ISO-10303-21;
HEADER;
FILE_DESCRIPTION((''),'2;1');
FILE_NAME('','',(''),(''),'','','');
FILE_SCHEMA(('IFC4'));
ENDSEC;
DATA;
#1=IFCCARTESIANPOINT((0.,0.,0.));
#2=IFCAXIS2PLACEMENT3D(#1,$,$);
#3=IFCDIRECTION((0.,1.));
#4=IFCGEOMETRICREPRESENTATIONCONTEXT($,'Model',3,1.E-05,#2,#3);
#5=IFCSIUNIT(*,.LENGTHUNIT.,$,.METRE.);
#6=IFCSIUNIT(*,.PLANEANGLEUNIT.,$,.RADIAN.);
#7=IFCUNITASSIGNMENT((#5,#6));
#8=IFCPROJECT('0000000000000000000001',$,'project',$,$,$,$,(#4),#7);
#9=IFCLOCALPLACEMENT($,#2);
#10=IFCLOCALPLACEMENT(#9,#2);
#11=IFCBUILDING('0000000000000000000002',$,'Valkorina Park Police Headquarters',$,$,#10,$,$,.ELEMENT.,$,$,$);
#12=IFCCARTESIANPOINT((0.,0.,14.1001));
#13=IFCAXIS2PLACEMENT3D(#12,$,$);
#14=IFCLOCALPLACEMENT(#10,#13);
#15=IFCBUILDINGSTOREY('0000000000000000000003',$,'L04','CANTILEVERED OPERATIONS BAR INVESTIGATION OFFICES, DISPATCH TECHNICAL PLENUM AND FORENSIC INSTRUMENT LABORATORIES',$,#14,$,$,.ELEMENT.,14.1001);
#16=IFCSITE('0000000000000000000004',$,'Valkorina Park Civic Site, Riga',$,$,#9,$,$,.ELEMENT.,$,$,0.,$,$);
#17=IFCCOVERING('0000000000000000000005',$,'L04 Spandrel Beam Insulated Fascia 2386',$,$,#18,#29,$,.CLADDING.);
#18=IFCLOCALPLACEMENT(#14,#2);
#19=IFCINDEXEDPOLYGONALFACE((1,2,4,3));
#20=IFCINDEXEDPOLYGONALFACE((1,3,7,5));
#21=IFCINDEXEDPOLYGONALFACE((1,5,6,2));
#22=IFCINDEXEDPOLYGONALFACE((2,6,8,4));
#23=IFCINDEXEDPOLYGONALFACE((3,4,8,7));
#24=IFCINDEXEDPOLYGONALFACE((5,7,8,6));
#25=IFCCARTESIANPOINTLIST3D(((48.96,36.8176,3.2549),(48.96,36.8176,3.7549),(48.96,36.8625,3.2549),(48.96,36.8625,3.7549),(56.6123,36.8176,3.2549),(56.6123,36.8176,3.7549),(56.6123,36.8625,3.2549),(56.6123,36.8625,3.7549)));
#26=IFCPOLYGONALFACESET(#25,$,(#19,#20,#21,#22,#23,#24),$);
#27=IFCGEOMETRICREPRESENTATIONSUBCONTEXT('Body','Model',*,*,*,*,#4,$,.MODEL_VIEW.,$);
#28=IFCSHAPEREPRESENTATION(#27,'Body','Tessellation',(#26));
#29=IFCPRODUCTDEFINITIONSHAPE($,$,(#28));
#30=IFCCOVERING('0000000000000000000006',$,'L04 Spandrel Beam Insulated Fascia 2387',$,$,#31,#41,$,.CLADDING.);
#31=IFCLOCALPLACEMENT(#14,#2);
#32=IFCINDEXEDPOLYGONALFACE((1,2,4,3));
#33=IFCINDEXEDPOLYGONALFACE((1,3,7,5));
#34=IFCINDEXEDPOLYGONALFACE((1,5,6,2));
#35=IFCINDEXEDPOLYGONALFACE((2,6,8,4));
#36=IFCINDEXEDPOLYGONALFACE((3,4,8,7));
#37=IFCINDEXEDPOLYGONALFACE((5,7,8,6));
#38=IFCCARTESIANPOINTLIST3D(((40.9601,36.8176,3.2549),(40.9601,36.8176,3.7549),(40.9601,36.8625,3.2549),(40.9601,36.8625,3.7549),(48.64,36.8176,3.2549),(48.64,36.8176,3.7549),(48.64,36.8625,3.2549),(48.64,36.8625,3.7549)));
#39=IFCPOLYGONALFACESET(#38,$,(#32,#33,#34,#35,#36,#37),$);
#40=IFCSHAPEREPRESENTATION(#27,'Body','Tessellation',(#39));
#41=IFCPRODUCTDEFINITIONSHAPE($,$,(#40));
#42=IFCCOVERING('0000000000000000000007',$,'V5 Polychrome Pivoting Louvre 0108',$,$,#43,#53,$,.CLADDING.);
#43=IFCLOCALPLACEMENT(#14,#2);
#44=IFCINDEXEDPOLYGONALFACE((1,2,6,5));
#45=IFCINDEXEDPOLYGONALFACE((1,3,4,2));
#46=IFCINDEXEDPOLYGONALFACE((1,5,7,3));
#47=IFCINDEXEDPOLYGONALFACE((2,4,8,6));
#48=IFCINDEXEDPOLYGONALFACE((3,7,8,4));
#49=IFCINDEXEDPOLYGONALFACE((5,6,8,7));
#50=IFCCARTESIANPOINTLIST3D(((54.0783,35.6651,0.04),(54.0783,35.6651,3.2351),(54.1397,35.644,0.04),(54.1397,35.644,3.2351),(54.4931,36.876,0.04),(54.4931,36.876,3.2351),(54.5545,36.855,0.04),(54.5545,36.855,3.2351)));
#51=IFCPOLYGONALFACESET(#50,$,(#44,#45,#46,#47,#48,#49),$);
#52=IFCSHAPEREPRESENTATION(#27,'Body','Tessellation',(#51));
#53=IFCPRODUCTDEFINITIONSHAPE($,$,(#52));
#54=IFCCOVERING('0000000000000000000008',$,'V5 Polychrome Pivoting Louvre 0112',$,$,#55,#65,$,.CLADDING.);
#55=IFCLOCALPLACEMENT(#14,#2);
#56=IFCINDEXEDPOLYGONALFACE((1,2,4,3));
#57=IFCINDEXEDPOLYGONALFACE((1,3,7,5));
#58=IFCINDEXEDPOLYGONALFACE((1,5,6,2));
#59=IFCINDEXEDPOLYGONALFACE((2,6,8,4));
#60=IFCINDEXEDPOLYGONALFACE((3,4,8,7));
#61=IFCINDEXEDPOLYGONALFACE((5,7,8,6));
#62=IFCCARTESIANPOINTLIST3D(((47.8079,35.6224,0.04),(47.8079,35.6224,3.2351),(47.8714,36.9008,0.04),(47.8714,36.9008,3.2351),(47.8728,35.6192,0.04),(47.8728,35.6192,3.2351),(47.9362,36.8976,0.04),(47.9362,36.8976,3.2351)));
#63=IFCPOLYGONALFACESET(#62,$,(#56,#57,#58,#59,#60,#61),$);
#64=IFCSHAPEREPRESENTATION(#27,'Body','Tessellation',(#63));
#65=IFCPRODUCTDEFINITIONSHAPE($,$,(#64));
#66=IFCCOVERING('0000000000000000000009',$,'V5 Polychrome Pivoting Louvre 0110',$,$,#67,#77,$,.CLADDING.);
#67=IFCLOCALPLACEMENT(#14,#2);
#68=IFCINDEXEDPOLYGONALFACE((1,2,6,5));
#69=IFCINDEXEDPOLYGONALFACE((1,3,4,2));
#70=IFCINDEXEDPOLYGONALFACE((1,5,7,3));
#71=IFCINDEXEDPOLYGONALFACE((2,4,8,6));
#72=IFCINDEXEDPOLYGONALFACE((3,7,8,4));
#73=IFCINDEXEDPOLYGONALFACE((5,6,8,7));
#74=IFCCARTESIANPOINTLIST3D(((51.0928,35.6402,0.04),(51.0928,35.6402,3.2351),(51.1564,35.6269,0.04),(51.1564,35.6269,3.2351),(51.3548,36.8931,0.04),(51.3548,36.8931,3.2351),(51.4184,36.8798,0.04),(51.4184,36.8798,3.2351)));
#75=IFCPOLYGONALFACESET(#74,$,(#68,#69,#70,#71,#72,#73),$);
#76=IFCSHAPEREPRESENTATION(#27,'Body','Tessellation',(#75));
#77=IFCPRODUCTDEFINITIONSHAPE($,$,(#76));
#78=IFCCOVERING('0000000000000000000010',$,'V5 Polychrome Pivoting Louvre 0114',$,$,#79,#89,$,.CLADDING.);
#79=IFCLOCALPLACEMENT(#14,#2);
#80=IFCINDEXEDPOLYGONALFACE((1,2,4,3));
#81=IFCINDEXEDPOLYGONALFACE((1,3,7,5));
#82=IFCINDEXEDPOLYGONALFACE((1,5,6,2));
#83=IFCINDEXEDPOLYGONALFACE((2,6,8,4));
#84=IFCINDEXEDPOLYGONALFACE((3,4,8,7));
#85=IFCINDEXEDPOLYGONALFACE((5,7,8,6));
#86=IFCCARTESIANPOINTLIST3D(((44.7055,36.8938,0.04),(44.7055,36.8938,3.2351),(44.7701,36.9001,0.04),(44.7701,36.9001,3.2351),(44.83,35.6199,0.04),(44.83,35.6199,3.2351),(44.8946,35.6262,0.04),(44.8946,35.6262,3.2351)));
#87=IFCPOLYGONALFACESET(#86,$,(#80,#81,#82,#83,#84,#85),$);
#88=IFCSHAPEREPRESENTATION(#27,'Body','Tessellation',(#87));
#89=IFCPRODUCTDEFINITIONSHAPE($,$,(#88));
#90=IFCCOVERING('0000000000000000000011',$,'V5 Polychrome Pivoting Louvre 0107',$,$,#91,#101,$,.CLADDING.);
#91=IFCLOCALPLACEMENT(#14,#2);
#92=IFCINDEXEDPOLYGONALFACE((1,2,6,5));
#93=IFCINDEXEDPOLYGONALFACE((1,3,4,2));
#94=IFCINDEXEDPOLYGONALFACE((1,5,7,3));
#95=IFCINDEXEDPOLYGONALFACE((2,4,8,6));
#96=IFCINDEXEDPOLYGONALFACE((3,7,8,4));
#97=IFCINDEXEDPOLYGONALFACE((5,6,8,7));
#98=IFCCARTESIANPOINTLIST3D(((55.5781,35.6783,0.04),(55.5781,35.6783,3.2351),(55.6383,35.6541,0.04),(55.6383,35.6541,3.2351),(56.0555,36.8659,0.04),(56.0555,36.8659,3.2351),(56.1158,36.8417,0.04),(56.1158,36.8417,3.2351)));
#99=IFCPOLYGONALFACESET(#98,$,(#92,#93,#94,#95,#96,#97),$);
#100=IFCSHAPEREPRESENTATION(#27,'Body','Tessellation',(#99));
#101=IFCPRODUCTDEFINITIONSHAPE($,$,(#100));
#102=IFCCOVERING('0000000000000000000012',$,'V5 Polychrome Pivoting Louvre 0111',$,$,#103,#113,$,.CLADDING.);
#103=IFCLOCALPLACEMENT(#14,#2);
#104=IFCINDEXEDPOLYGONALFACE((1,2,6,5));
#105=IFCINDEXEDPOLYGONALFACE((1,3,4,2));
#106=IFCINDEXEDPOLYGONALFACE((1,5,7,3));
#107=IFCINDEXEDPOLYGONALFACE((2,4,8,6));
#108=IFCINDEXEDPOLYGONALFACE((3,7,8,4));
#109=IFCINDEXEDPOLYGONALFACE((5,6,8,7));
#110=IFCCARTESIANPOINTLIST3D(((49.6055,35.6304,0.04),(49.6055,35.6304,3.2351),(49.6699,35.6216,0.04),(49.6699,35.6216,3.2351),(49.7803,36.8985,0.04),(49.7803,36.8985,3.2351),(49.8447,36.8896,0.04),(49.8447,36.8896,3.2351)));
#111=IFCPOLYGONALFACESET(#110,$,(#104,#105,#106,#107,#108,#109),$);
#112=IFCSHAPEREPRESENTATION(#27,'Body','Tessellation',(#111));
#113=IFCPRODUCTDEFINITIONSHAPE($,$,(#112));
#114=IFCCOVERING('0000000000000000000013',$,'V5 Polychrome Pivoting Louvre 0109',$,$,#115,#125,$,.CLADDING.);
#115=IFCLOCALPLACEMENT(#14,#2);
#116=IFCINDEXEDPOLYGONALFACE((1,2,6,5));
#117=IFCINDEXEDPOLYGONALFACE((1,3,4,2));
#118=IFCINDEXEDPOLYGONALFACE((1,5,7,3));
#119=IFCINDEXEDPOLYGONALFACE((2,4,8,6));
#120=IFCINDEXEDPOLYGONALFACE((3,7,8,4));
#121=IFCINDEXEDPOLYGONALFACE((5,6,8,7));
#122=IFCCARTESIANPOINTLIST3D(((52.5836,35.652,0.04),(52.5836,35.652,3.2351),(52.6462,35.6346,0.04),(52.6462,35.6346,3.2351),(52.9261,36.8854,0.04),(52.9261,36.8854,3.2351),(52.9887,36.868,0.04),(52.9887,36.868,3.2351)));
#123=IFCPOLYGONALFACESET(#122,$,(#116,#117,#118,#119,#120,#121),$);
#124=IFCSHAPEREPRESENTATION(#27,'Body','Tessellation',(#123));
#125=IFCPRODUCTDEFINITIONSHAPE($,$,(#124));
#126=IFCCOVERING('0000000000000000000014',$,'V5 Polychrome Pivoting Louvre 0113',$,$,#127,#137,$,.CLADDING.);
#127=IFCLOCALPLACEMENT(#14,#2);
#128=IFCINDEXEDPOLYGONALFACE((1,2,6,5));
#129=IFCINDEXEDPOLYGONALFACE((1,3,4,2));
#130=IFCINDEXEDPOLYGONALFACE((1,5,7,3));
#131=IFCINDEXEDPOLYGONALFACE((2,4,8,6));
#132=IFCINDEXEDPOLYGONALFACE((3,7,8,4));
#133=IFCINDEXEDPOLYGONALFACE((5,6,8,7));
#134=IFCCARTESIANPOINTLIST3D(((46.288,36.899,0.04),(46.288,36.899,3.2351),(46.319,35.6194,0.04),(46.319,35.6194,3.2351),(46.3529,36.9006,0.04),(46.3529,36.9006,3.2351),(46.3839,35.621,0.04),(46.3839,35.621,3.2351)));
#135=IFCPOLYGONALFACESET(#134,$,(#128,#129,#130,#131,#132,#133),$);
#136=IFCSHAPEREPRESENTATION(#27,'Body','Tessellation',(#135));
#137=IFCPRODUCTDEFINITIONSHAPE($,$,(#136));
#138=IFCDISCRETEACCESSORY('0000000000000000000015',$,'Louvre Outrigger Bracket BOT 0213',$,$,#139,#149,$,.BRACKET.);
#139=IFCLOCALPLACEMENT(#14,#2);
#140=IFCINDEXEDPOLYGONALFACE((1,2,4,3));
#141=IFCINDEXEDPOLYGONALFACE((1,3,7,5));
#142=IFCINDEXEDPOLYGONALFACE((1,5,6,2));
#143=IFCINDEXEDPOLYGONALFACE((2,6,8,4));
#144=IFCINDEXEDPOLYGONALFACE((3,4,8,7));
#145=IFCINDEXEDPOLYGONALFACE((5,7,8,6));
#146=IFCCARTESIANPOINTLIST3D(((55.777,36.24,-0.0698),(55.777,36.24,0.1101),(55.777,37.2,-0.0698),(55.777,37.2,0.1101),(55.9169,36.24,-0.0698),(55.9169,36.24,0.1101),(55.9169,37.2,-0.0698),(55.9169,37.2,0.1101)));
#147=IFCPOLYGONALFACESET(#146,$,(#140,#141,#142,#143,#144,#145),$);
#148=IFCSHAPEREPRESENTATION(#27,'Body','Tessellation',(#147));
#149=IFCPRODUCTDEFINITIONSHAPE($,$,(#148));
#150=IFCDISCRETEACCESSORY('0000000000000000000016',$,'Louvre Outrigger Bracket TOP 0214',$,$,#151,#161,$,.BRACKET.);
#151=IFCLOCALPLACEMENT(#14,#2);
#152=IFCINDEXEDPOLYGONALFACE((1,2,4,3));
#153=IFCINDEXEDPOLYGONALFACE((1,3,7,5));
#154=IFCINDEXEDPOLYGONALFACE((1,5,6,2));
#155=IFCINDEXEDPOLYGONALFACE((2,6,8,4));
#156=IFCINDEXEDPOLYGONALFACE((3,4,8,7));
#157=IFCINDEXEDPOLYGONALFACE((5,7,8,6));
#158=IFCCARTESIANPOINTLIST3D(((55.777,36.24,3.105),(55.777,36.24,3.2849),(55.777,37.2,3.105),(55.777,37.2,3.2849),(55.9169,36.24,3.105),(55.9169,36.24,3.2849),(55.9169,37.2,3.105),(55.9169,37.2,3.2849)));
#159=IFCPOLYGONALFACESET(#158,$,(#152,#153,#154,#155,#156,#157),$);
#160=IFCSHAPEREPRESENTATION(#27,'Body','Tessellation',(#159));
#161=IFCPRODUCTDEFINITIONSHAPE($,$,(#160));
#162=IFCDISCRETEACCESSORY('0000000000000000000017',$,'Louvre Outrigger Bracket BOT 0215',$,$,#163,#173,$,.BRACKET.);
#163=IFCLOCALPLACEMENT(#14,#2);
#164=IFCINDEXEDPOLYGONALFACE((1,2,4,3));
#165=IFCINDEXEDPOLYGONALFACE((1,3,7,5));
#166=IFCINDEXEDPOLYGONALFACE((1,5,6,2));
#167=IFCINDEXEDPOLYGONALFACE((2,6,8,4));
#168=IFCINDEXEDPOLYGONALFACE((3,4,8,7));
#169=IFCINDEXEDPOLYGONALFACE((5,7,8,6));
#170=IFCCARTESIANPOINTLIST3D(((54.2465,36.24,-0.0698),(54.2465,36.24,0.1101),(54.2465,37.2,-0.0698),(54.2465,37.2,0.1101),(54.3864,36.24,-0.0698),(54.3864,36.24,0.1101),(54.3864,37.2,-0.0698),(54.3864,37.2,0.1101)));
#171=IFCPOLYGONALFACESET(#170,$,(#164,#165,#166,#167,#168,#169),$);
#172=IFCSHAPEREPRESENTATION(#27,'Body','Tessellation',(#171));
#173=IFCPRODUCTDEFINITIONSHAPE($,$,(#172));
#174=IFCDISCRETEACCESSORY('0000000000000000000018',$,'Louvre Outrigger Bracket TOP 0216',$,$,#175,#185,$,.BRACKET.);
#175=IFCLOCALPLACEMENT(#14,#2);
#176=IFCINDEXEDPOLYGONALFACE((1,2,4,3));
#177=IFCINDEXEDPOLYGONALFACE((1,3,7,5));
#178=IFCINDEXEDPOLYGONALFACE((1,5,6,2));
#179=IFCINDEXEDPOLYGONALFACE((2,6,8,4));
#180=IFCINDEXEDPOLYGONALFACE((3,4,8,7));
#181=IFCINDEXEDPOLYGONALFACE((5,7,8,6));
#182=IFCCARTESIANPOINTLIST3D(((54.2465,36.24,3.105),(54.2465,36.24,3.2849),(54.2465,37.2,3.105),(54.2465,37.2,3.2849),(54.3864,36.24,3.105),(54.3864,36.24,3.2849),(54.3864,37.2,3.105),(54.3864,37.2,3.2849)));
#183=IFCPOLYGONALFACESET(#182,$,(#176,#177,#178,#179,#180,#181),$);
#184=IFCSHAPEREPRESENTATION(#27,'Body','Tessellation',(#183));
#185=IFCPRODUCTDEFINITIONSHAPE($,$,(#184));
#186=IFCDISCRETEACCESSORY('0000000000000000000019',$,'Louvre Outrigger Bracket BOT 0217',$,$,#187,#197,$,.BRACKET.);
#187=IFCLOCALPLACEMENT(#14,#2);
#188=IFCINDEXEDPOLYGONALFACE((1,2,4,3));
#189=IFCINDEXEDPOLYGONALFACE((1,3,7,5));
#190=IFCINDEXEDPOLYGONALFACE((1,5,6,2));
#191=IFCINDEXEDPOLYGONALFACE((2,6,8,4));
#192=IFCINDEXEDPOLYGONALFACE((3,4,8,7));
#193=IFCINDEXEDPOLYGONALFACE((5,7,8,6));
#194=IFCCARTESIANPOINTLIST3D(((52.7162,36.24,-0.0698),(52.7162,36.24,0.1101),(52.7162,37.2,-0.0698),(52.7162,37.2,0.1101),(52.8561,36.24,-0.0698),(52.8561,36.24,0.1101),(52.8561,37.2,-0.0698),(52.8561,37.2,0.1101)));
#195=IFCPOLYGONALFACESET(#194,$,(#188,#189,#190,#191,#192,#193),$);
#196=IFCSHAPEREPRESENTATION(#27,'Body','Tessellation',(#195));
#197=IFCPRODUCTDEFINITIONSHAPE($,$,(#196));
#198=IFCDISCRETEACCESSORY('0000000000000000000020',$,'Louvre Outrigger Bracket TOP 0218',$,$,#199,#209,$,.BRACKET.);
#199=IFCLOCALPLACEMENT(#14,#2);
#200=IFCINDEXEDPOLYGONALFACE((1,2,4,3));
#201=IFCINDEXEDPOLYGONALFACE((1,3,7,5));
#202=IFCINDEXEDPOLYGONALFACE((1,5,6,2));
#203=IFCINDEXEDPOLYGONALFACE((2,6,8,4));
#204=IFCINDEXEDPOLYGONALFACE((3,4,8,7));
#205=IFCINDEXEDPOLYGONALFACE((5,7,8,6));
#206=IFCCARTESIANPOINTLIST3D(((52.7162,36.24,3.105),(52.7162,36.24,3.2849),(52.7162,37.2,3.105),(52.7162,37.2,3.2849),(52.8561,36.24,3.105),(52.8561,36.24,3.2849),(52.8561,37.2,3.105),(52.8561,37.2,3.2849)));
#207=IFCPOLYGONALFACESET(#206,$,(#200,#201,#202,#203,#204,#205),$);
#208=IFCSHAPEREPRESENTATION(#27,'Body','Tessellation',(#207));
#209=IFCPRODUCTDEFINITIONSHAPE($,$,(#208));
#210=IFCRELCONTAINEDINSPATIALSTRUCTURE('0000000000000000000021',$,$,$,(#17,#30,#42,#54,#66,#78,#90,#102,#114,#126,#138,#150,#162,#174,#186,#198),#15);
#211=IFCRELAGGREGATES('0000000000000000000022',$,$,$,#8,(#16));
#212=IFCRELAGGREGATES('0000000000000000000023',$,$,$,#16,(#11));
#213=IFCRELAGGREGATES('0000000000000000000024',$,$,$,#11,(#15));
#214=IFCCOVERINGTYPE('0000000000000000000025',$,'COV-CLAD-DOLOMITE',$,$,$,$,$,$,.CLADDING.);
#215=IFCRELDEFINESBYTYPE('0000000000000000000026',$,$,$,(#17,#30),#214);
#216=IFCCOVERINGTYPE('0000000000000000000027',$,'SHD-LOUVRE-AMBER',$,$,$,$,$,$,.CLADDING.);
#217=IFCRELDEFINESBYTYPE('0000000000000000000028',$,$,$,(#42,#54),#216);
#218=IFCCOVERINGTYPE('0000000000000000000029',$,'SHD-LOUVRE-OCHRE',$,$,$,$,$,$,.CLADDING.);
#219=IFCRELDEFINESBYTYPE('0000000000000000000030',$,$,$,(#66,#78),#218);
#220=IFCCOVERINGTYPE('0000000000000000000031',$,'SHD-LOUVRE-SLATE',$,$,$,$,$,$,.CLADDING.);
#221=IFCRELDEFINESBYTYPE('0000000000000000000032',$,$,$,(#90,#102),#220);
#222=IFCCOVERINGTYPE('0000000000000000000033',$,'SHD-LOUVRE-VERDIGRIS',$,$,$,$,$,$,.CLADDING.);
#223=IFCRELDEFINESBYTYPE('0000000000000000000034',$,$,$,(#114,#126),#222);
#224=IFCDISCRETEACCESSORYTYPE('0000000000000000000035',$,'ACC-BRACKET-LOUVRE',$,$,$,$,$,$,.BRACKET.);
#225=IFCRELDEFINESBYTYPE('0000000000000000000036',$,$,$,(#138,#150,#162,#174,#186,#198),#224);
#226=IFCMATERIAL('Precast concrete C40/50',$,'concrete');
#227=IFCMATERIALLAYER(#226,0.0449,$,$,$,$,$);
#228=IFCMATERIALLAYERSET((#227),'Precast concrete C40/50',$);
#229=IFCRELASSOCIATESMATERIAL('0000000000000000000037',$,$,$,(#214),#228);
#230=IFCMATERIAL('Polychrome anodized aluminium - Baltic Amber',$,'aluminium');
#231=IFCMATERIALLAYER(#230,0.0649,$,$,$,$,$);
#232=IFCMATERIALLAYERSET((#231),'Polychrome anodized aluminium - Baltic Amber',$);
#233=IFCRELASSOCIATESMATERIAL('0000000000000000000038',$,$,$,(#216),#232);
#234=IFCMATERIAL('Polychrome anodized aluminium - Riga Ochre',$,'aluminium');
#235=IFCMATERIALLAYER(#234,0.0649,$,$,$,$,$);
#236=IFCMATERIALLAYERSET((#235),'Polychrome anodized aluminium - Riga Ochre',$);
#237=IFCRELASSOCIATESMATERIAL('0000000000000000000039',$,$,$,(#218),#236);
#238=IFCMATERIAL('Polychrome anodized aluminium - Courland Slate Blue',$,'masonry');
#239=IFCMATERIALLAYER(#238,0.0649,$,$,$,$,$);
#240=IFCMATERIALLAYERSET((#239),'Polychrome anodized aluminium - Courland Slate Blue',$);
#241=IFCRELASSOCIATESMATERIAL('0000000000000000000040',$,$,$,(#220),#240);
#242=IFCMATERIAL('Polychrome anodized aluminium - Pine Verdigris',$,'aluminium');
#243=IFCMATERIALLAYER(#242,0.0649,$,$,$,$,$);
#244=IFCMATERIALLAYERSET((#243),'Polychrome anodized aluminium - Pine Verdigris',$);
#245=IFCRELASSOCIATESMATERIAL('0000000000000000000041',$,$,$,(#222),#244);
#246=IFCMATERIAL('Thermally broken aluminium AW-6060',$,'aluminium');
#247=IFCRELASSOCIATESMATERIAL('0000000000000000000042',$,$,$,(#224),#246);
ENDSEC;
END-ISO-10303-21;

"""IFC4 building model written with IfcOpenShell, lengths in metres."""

from ifc_helpers import new_model, si_unit, direction, frame, frame_2d, origin, origin_2d, place, context, subcontext, project, spatial, rectangle, extrude, material, layer, layer_set, type_object, element, save


model = new_model("IFC4")

# Units and contexts
model_context = context("Model", 3, precision=1e-05, world=origin(), true_north=direction((0.0, 1.0)))
body_context = subcontext(model_context, "Body", "Model", "MODEL_VIEW")
ifc_project = project(units=[si_unit("LENGTHUNIT", "METRE"), si_unit("PLANEANGLEUNIT", "RADIAN")], contexts=[model_context])

# Site, building, storey
site_placement = place(None, origin())
site = spatial("IfcSite", under=ifc_project, at=site_placement, Name="Valkorina Park Civic Site, Riga", CompositionType="ELEMENT", RefElevation=0.0)
building_placement = place(site_placement, origin())
building = spatial("IfcBuilding", under=site, at=building_placement, Name="Valkorina Park Police Headquarters", CompositionType="ELEMENT")
storey_placement = place(building_placement, frame((0.0, 0.0, 14.1001)))
storey = spatial("IfcBuildingStorey", under=building, at=storey_placement, Name="L04", Description="CANTILEVERED OPERATIONS BAR INVESTIGATION OFFICES, DISPATCH TECHNICAL PLENUM AND FORENSIC INSTRUMENT LABORATORIES", CompositionType="ELEMENT", Elevation=14.1001)

# Shared definitions
ifc_material_1 = material(Name="Thermally broken aluminium AW-6060", Category="aluminium")

# Shared definitions
ifc_material_2 = material(Name="Precast concrete C40/50", Category="concrete")

# Coverings
ifc_layer_1 = layer(ifc_material_2, 0.0449)
ifc_layer_set_1 = layer_set([ifc_layer_1], Name="Precast concrete C40/50")
covering_type_1 = type_object("IfcCoveringType", Name="COV-CLAD-DOLOMITE", PredefinedType="CLADDING", material=ifc_layer_set_1)
covering_1_placement = place(storey_placement, frame((56.6123, 36.8401, 3.2549), z_axis=(0.0, 0.0, 1.0), x_axis=(-1.0, 0.0, 0.0)))
element("IfcCovering", 1, at=covering_1_placement, inside=storey, type_object=covering_type_1, Name="L04 Spandrel Beam Insulated Fascia 2386", PredefinedType="CLADDING", context=body_context, shape_type="SweptSolid", body=[
    extrude(rectangle(XDim=7.6523, YDim=0.0449, at=frame_2d((3.8262, 0.0))), origin(), (0.0, 0.0, 1.0), 0.5),
])
covering_2_placement = place(storey_placement, frame((48.6399, 36.8401, 3.2549), z_axis=(0.0, 0.0, 1.0), x_axis=(-1.0, 0.0, 0.0)))
element("IfcCovering", 2, at=covering_2_placement, inside=storey, type_object=covering_type_1, Name="L04 Spandrel Beam Insulated Fascia 2387", PredefinedType="CLADDING", context=body_context, shape_type="SweptSolid", body=[
    extrude(rectangle(XDim=7.6799, YDim=0.0449, at=frame_2d((3.8398, 0.0))), origin(), (0.0, 0.0, 1.0), 0.5),
])
ifc_material_3 = material(Name="Polychrome anodized aluminium - Baltic Amber", Category="aluminium")
ifc_layer_2 = layer(ifc_material_3, 0.0649)
ifc_layer_set_2 = layer_set([ifc_layer_2], Name="Polychrome anodized aluminium - Baltic Amber")
covering_type_2 = type_object("IfcCoveringType", Name="SHD-LOUVRE-AMBER", PredefinedType="CLADDING", material=ifc_layer_set_2)
for number, where, z_axis, x_axis, name in (
    (3, (54.3164, 36.26, 0.04), (0.0, 0.0, 1.0), (-0.324083, -0.946029, 0.0), "V5 Polychrome Pivoting Louvre 0108"),
    (4, (47.8721, 36.26, 0.04), (0.0, 0.0, 1.0), (-0.049547, -0.998772, 0.0), "V5 Polychrome Pivoting Louvre 0112"),
):
    element("IfcCovering", number, at=place(storey_placement, frame(where, z_axis=z_axis, x_axis=x_axis)), inside=storey, type_object=covering_type_2, Name=name, PredefinedType="CLADDING", context=body_context, shape_type="SweptSolid", body=[
        extrude(rectangle(XDim=1.28, YDim=0.0649, at=origin_2d()), origin(), (0.0, 0.0, 1.0), 3.1951),
    ])
ifc_material_4 = material(Name="Polychrome anodized aluminium - Riga Ochre", Category="aluminium")
ifc_layer_3 = layer(ifc_material_4, 0.0649)
ifc_layer_set_3 = layer_set([ifc_layer_3], Name="Polychrome anodized aluminium - Riga Ochre")
covering_type_3 = type_object("IfcCoveringType", Name="SHD-LOUVRE-OCHRE", PredefinedType="CLADDING", material=ifc_layer_set_3)
for number, where, z_axis, x_axis, name in (
    (5, (51.2556, 36.26, 0.04), (0.0, 0.0, 1.0), (-0.204667, -0.978832, 0.0), "V5 Polychrome Pivoting Louvre 0110"),
    (6, (44.8, 36.26, 0.04), (0.0, 0.0, 1.0), (0.097235, -0.995261, 0.0), "V5 Polychrome Pivoting Louvre 0114"),
):
    element("IfcCovering", number, at=place(storey_placement, frame(where, z_axis=z_axis, x_axis=x_axis)), inside=storey, type_object=covering_type_3, Name=name, PredefinedType="CLADDING", context=body_context, shape_type="SweptSolid", body=[
        extrude(rectangle(XDim=1.28, YDim=0.0649, at=origin_2d()), origin(), (0.0, 0.0, 1.0), 3.1951),
    ])
ifc_material_5 = material(Name="Polychrome anodized aluminium - Courland Slate Blue", Category="masonry")
ifc_layer_4 = layer(ifc_material_5, 0.0649)
ifc_layer_set_4 = layer_set([ifc_layer_4], Name="Polychrome anodized aluminium - Courland Slate Blue")
covering_type_4 = type_object("IfcCoveringType", Name="SHD-LOUVRE-SLATE", PredefinedType="CLADDING", material=ifc_layer_set_4)
for number, where, z_axis, x_axis, name in (
    (7, (55.8469, 36.26, 0.04), (0.0, 0.0, 1.0), (-0.372988, -0.927836, 0.0), "V5 Polychrome Pivoting Louvre 0107"),
    (8, (49.7251, 36.26, 0.04), (0.0, 0.0, 1.0), (-0.13658, -0.990629, 0.0), "V5 Polychrome Pivoting Louvre 0111"),
):
    element("IfcCovering", number, at=place(storey_placement, frame(where, z_axis=z_axis, x_axis=x_axis)), inside=storey, type_object=covering_type_4, Name=name, PredefinedType="CLADDING", context=body_context, shape_type="SweptSolid", body=[
        extrude(rectangle(XDim=1.28, YDim=0.0649, at=origin_2d()), origin(), (0.0, 0.0, 1.0), 3.1951),
    ])
ifc_material_6 = material(Name="Polychrome anodized aluminium - Pine Verdigris", Category="aluminium")
ifc_layer_5 = layer(ifc_material_6, 0.0649)
ifc_layer_set_5 = layer_set([ifc_layer_5], Name="Polychrome anodized aluminium - Pine Verdigris")
covering_type_5 = type_object("IfcCoveringType", Name="SHD-LOUVRE-VERDIGRIS", PredefinedType="CLADDING", material=ifc_layer_set_5)
for number, where, z_axis, x_axis, name in (
    (9, (52.7861, 36.26, 0.04), (0.0, 0.0, 1.0), (-0.267575, -0.963537, 0.0), "V5 Polychrome Pivoting Louvre 0109"),
    (10, (46.3359, 36.26, 0.04), (0.0, 0.0, 1.0), (0.024258, -0.999706, 0.0), "V5 Polychrome Pivoting Louvre 0113"),
):
    element("IfcCovering", number, at=place(storey_placement, frame(where, z_axis=z_axis, x_axis=x_axis)), inside=storey, type_object=covering_type_5, Name=name, PredefinedType="CLADDING", context=body_context, shape_type="SweptSolid", body=[
        extrude(rectangle(XDim=1.28, YDim=0.0649, at=origin_2d()), origin(), (0.0, 0.0, 1.0), 3.1951),
    ])

# Discrete accessories
discrete_accessory_type = type_object("IfcDiscreteAccessoryType", Name="ACC-BRACKET-LOUVRE", PredefinedType="BRACKET", material=ifc_material_1)
for number, where, z_axis, x_axis, name in (
    (11, (55.8469, 36.72, -0.0698), (0.0, 0.0, 1.0), (0.0, -1.0, 0.0), "Louvre Outrigger Bracket BOT 0213"),
    (12, (55.8469, 36.72, 3.105), (0.0, 0.0, 1.0), (0.0, -1.0, 0.0), "Louvre Outrigger Bracket TOP 0214"),
    (13, (54.3164, 36.72, -0.0698), (0.0, 0.0, 1.0), (0.0, -1.0, 0.0), "Louvre Outrigger Bracket BOT 0215"),
    (14, (54.3164, 36.72, 3.105), (0.0, 0.0, 1.0), (0.0, -1.0, 0.0), "Louvre Outrigger Bracket TOP 0216"),
    (15, (52.7861, 36.72, -0.0698), (0.0, 0.0, 1.0), (0.0, -1.0, 0.0), "Louvre Outrigger Bracket BOT 0217"),
    (16, (52.7861, 36.72, 3.105), (0.0, 0.0, 1.0), (0.0, -1.0, 0.0), "Louvre Outrigger Bracket TOP 0218"),
):
    element("IfcDiscreteAccessory", number, at=place(storey_placement, frame(where, z_axis=z_axis, x_axis=x_axis)), inside=storey, type_object=discrete_accessory_type, Name=name, PredefinedType="BRACKET", context=body_context, shape_type="SweptSolid", body=[
        extrude(rectangle(XDim=0.96, YDim=0.1399, at=origin_2d()), origin(), (0.0, 0.0, 1.0), 0.1799),
    ])

save(model, "model.ifc")
